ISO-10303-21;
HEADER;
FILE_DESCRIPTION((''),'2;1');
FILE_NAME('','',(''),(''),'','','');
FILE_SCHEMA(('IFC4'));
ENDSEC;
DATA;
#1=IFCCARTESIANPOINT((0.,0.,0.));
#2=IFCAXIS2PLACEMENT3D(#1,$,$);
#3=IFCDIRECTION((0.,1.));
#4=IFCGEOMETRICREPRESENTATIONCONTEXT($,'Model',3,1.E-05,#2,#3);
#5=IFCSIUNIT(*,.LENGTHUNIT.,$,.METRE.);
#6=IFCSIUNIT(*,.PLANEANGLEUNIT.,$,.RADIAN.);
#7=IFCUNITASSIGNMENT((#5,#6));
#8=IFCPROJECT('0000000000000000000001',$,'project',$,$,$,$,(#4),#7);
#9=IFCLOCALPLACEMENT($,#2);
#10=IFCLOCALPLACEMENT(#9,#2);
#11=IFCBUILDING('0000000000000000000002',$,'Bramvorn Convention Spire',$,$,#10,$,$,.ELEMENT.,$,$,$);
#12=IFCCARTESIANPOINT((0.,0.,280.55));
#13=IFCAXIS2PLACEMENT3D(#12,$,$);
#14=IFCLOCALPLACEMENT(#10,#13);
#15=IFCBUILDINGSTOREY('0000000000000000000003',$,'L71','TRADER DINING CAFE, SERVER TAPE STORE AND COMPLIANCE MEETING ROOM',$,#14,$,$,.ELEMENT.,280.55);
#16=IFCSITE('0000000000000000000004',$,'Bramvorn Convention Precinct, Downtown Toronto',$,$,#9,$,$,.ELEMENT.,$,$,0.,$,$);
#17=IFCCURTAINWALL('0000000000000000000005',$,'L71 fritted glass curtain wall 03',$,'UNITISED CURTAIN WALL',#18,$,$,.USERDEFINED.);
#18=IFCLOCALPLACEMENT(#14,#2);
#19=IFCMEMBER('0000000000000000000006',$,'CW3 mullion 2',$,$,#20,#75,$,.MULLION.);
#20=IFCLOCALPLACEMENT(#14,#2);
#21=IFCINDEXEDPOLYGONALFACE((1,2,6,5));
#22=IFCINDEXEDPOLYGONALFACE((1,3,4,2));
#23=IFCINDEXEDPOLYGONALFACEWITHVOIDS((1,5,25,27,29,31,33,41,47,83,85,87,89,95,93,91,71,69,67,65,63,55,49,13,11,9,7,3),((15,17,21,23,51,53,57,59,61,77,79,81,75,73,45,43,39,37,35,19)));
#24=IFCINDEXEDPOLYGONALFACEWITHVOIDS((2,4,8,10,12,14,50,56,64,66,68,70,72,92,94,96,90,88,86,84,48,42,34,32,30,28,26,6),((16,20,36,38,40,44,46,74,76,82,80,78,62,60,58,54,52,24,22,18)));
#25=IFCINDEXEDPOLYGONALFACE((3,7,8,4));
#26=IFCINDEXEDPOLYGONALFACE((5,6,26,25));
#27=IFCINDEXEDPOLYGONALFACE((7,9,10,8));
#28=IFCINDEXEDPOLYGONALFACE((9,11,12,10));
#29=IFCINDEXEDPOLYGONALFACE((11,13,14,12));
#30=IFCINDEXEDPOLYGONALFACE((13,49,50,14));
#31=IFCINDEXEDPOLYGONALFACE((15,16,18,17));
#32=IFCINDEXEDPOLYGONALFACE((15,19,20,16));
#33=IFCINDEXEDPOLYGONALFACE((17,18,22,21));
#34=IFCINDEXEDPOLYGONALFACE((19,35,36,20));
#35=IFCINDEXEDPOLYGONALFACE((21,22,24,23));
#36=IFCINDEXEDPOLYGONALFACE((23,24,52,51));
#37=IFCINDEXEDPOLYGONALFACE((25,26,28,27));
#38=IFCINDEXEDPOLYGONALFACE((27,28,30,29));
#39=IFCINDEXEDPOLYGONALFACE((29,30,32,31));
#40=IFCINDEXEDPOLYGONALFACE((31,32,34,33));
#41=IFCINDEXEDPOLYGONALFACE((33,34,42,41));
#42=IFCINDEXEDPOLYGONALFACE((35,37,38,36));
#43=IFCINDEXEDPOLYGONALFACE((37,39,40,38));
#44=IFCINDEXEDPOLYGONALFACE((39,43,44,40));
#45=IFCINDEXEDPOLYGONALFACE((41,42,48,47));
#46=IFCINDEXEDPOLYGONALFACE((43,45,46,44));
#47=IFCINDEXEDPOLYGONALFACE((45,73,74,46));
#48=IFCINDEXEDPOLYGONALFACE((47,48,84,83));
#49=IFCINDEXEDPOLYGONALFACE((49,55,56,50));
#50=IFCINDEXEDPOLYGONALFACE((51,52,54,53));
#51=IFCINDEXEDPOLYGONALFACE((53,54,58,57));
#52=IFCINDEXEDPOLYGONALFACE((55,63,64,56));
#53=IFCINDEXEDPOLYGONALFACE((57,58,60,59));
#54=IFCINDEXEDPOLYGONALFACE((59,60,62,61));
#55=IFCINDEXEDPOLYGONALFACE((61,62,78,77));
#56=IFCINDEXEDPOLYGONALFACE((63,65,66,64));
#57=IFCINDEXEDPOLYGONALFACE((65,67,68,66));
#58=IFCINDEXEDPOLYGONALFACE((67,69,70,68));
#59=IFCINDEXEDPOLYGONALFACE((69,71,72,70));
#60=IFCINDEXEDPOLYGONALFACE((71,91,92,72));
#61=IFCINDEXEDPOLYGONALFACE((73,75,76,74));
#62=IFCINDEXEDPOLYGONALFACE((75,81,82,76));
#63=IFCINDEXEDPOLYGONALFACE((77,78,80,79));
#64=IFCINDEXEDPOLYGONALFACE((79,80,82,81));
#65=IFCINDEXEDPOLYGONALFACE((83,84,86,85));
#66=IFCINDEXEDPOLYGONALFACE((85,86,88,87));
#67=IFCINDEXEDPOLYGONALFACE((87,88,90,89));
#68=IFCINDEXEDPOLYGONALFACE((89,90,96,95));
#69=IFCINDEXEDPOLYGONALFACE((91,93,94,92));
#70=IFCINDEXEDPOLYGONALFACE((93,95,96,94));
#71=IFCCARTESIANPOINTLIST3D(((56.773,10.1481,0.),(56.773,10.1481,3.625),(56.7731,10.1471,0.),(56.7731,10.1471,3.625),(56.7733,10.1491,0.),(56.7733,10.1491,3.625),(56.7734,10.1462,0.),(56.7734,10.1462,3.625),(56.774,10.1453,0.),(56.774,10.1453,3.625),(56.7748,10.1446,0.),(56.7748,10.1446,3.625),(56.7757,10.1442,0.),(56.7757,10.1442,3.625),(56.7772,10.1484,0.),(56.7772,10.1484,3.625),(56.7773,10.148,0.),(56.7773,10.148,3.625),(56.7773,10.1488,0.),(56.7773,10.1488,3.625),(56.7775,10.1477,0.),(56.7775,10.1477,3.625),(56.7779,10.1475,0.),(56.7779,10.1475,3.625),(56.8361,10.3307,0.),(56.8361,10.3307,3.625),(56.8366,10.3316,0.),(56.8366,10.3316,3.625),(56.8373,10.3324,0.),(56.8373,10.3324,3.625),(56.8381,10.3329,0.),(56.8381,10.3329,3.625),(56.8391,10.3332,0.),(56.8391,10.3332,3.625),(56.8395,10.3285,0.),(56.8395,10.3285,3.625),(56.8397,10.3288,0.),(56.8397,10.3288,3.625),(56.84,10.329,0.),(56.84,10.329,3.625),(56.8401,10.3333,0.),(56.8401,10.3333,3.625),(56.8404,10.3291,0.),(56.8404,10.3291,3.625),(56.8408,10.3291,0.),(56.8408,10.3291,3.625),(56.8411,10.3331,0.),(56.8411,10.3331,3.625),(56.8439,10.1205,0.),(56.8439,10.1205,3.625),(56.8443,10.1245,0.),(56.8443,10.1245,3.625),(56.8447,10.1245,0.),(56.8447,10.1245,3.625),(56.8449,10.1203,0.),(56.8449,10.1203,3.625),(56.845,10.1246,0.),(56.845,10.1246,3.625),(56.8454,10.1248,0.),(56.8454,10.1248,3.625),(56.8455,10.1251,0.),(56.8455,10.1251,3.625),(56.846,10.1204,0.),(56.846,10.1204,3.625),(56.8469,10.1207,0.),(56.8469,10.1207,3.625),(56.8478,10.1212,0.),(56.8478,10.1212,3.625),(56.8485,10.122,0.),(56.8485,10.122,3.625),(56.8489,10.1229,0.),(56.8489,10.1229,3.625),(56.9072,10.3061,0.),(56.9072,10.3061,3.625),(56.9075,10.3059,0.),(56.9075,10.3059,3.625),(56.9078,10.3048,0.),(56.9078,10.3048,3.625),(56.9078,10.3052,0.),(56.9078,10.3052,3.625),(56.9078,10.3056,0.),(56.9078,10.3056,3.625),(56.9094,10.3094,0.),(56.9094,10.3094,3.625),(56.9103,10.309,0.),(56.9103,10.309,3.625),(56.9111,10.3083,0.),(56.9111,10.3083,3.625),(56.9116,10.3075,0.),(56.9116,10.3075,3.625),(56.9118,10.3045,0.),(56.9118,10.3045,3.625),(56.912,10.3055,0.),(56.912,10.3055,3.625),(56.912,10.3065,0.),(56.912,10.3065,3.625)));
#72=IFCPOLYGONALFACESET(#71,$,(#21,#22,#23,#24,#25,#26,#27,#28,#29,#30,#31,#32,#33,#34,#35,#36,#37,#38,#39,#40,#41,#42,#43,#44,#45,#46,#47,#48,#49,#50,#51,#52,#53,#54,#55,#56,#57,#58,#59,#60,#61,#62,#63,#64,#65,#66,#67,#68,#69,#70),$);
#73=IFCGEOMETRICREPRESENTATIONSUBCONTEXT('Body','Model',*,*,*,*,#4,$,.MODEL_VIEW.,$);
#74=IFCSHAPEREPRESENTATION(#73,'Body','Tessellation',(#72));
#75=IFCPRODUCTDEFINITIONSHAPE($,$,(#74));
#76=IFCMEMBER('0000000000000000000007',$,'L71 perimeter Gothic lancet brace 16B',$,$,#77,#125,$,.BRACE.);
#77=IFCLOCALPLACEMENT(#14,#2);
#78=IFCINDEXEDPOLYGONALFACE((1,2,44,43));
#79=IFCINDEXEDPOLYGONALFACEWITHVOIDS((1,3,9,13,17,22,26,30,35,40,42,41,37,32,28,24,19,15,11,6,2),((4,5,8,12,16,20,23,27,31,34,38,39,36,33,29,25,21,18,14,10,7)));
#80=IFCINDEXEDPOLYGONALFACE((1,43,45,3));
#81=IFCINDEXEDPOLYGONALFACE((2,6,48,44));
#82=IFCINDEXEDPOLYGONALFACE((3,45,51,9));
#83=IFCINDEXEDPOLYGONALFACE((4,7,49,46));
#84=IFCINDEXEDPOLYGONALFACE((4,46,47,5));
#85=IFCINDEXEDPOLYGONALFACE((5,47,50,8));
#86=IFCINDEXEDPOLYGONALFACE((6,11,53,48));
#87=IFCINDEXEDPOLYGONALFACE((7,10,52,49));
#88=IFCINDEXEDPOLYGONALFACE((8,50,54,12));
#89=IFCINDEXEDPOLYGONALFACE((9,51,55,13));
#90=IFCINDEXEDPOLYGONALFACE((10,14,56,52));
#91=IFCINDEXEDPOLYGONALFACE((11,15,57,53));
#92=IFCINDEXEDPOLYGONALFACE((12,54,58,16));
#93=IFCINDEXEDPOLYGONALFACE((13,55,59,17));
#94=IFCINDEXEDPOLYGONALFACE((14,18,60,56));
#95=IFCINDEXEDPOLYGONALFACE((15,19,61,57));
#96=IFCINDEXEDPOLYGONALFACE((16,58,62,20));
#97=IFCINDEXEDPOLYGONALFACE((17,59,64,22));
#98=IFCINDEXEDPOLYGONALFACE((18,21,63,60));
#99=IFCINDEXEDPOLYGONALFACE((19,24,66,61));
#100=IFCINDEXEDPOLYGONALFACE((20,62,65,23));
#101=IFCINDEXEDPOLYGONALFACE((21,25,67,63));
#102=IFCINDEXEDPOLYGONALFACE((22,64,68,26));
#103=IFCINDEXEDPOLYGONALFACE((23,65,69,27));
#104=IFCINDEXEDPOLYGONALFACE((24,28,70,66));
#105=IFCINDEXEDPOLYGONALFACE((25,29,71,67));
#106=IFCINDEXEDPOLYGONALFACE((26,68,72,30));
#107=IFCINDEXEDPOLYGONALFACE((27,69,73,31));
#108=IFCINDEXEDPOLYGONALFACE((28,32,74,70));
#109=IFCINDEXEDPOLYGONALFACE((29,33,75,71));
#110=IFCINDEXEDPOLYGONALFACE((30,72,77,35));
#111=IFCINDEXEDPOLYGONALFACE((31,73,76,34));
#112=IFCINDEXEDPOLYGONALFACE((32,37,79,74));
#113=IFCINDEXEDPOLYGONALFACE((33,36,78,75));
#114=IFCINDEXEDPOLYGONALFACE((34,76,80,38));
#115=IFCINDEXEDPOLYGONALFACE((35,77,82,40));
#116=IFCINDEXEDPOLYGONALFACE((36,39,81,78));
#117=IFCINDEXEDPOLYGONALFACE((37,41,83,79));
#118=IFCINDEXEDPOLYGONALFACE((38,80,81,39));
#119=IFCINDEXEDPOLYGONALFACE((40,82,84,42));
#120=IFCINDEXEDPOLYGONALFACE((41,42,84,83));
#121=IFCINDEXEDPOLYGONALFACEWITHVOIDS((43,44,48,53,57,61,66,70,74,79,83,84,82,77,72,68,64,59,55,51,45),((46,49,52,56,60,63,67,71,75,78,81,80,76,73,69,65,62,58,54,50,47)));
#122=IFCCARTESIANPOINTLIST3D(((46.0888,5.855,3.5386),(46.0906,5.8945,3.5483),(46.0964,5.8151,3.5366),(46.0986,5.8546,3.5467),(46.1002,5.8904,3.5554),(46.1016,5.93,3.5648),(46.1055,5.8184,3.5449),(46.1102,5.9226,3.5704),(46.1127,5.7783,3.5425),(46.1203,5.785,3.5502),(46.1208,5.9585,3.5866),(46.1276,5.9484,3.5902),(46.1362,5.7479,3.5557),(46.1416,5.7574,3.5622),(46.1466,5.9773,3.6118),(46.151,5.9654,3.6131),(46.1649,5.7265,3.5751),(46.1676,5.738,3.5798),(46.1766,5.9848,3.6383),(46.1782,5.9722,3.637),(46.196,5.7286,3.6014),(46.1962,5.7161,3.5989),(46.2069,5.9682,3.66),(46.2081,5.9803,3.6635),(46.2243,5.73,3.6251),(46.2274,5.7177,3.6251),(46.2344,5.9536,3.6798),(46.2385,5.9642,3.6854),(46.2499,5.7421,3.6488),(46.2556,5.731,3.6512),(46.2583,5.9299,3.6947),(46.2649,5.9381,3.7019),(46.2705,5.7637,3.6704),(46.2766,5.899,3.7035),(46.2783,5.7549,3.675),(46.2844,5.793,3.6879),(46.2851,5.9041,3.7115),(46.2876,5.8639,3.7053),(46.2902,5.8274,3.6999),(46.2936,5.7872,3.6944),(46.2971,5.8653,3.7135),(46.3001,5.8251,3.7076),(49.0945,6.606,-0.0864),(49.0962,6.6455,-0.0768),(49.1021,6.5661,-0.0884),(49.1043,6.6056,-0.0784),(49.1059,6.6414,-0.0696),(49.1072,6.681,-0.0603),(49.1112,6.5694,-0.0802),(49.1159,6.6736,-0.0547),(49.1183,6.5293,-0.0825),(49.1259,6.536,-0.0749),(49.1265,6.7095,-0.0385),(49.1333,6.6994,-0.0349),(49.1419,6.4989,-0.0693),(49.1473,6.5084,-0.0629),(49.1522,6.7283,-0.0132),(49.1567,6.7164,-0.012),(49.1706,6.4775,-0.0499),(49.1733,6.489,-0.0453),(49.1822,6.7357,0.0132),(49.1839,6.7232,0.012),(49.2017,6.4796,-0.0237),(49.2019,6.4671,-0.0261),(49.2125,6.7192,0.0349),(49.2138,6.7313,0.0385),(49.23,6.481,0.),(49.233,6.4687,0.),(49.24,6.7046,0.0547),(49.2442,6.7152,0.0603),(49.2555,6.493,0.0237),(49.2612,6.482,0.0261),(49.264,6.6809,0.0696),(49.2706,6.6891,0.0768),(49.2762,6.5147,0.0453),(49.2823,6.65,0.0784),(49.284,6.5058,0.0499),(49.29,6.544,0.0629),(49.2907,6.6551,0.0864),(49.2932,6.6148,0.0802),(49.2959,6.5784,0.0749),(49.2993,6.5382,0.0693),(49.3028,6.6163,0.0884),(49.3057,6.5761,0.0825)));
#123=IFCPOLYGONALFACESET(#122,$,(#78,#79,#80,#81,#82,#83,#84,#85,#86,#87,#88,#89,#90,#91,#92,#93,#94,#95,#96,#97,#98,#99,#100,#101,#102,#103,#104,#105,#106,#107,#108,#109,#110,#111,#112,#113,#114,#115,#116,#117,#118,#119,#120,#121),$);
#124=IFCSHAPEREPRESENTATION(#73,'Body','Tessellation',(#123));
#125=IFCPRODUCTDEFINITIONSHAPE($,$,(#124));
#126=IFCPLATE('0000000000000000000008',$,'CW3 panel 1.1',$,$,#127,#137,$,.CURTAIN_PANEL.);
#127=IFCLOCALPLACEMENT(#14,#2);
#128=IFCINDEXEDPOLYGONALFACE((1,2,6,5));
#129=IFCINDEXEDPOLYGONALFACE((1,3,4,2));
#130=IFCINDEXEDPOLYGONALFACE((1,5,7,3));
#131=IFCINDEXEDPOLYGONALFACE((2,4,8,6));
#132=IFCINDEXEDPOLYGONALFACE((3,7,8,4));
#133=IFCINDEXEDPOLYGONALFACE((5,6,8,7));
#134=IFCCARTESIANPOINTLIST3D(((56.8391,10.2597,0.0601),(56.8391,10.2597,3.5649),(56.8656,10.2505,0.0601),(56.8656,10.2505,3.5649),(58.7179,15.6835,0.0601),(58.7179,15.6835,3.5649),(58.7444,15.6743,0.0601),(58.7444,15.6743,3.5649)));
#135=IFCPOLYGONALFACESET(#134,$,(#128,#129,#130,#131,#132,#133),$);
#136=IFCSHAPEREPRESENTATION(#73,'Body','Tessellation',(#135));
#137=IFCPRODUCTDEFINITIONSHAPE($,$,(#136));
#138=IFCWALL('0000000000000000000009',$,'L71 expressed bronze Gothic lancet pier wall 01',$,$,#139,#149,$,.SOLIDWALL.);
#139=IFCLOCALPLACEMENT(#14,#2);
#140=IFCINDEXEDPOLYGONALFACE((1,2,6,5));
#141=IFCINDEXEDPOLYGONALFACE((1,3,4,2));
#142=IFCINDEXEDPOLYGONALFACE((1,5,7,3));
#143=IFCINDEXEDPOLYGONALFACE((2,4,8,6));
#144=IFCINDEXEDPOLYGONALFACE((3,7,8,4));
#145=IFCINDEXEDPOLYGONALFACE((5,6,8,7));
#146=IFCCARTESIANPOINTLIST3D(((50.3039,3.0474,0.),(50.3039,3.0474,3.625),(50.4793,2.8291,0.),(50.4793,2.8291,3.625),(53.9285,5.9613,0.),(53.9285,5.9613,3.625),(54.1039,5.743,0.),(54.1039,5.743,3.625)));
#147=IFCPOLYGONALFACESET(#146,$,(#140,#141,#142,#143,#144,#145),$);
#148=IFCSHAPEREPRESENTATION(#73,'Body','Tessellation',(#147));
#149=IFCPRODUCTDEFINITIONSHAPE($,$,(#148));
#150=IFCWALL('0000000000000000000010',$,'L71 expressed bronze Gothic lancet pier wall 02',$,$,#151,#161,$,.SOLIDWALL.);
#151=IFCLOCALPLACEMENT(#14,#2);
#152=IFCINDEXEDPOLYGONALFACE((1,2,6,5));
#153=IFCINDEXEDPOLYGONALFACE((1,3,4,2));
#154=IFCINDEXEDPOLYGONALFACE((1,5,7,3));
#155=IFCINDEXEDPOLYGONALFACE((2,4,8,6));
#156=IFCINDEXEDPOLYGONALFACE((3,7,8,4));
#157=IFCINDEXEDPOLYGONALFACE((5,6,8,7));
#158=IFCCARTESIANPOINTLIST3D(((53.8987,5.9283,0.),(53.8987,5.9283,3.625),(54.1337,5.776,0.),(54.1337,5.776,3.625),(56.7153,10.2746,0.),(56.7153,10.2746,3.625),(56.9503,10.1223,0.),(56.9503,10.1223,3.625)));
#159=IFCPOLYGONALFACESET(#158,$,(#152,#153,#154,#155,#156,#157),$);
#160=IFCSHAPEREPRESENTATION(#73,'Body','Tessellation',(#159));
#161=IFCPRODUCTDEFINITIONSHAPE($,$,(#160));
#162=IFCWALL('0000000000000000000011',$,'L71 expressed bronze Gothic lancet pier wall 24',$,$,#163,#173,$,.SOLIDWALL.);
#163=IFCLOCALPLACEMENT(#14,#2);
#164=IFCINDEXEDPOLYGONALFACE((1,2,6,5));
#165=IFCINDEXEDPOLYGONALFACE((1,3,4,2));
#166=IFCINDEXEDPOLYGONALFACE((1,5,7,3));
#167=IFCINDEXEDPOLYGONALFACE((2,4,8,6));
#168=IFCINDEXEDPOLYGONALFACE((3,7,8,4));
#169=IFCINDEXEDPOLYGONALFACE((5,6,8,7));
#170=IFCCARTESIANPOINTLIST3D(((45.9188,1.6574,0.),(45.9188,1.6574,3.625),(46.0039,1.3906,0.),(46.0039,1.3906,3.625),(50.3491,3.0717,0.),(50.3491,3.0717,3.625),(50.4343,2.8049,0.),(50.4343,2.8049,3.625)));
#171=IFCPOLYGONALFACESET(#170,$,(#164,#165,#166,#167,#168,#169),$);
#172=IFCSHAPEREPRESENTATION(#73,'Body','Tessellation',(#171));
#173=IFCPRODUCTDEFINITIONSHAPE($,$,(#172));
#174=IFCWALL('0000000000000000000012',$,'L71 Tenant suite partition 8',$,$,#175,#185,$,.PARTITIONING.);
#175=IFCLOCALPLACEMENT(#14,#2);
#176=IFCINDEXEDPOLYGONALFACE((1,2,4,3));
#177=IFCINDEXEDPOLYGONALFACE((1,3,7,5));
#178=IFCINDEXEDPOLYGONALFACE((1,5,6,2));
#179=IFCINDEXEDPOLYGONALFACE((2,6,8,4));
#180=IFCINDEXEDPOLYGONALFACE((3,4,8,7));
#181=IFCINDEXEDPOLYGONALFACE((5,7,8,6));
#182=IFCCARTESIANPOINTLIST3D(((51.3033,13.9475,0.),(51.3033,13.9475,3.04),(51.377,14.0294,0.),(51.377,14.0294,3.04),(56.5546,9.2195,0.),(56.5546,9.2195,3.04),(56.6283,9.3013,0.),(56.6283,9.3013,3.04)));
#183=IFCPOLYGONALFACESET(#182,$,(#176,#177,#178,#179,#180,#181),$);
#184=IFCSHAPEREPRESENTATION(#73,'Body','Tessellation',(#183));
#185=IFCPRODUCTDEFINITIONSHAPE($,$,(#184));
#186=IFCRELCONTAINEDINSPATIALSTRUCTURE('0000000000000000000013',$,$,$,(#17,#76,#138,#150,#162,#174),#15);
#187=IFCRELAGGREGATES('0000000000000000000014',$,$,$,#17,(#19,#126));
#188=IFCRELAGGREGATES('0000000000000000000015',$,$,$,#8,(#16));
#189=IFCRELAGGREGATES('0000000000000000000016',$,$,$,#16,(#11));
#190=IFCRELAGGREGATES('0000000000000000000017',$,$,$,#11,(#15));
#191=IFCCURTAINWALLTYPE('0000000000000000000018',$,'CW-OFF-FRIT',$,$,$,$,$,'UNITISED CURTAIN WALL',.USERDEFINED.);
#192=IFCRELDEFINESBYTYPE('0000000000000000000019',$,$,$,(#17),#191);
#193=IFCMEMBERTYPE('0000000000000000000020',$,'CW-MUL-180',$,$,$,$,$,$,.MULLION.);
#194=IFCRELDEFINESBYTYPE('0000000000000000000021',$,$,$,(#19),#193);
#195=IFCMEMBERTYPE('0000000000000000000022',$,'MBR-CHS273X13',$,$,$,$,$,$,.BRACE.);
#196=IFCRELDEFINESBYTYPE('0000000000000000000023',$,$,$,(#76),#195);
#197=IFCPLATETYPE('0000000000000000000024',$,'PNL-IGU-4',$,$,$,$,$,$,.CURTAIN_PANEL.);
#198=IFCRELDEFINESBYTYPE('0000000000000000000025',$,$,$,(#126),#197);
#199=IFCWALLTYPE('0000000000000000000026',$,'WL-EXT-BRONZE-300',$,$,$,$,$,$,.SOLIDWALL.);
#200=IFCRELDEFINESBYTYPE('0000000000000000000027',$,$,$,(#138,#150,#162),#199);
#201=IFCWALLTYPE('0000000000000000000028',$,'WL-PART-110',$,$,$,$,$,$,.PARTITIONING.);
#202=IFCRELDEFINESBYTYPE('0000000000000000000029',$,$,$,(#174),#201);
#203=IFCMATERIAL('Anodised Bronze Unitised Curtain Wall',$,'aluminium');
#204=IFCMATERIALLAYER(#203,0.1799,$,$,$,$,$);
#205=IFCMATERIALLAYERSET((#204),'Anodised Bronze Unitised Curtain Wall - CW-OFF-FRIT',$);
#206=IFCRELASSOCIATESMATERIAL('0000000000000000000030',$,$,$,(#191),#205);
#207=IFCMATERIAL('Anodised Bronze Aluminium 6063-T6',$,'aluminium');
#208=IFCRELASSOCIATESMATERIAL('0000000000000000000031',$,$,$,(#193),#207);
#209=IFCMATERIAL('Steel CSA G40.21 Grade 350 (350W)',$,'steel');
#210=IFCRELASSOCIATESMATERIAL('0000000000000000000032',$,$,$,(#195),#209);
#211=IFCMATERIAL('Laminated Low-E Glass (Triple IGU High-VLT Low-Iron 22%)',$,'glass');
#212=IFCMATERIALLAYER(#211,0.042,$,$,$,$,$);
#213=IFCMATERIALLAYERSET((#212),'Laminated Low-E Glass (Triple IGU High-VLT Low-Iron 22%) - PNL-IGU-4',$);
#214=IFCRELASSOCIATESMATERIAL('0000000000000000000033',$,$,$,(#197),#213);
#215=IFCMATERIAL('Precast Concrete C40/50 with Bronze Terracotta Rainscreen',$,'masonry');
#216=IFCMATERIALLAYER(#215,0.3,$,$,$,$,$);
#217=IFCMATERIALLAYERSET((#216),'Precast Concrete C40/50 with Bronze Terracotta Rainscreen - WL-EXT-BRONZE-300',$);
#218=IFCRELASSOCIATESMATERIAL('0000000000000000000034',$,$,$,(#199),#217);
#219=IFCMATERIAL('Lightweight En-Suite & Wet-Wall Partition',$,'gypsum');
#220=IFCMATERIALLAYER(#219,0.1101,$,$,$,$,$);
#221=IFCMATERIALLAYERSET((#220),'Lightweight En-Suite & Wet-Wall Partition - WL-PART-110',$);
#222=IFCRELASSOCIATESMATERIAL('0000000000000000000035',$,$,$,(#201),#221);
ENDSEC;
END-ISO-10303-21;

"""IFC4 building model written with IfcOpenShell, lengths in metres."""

from ifc_helpers import new_model, si_unit, direction, frame, frame_2d, origin, origin_2d, place, context, subcontext, project, spatial, rectangle, hollow_rectangle, hollow_circle, extrude, material, layer, layer_set, material_profile, profile_set, type_object, element, aggregate, save


model = new_model("IFC4")

# Units and contexts
model_context = context("Model", 3, precision=1e-05, world=origin(), true_north=direction((0.0, 1.0)))
body_context = subcontext(model_context, "Body", "Model", "MODEL_VIEW")
ifc_project = project(units=[si_unit("LENGTHUNIT", "METRE"), si_unit("PLANEANGLEUNIT", "RADIAN")], contexts=[model_context])

# Site, building, storey
site_placement = place(None, origin())
site = spatial("IfcSite", under=ifc_project, at=site_placement, Name="Bramvorn Convention Precinct, Downtown Toronto", CompositionType="ELEMENT", RefElevation=0.0)
building_placement = place(site_placement, origin())
building = spatial("IfcBuilding", under=site, at=building_placement, Name="Bramvorn Convention Spire", CompositionType="ELEMENT")
storey_placement = place(building_placement, frame((0.0, 0.0, 280.55)))
storey = spatial("IfcBuildingStorey", under=building, at=storey_placement, Name="L71", Description="TRADER DINING CAFE, SERVER TAPE STORE AND COMPLIANCE MEETING ROOM", CompositionType="ELEMENT", Elevation=280.55)

# Shared definitions
ifc_material_1 = material(Name="Steel CSA G40.21 Grade 350 (350W)", Category="steel")

# Curtain wall, member
ifc_material_2 = material(Name="Anodised Bronze Unitised Curtain Wall", Category="aluminium")
ifc_layer_1 = layer(ifc_material_2, 0.1799)
ifc_layer_set_1 = layer_set([ifc_layer_1], Name="Anodised Bronze Unitised Curtain Wall - CW-OFF-FRIT")
curtain_wall_type = type_object("IfcCurtainWallType", Name="CW-OFF-FRIT", ElementType="UNITISED CURTAIN WALL", PredefinedType="USERDEFINED", material=ifc_layer_set_1)
curtain_wall_placement = place(storey_placement, origin())
curtain_wall = element("IfcCurtainWall", 1, at=curtain_wall_placement, inside=storey, type_object=curtain_wall_type, Name="L71 fritted glass curtain wall 03", ObjectType="UNITISED CURTAIN WALL", PredefinedType="USERDEFINED")
ifc_material_3 = material(Name="Anodised Bronze Aluminium 6063-T6", Category="aluminium")
ifc_material_profile_1 = material_profile(ifc_material_3, hollow_rectangle(XDim=0.0801, YDim=0.2, WallThickness=0.0039, InnerFilletRadius=0.001, OuterFilletRadius=0.0039, at=origin_2d()))
ifc_profile_set_1 = profile_set([ifc_material_profile_1], Name="Anodised Bronze Aluminium 6063-T6 - CWM80X200")
member_type_1 = type_object("IfcMemberType", Name="CW-MUL-180", PredefinedType="MULLION", material=ifc_profile_set_1)
member_1_placement = place(storey_placement, frame((56.8425, 10.2268, 0.0), z_axis=(0.0, 0.0, 1.0), x_axis=(0.944913, -0.32732, 0.0)))
member_1 = element("IfcMember", 2, at=member_1_placement, type_object=member_type_1, Name="CW3 mullion 2", PredefinedType="MULLION", context=body_context, shape_type="SweptSolid", body=[
    extrude(hollow_rectangle(XDim=0.0801, YDim=0.2, WallThickness=0.0039, InnerFilletRadius=0.001, OuterFilletRadius=0.0039, at=origin_2d()), origin(), (0.0, 0.0, 1.0), 3.625),
])

# Member
ifc_material_profile_2 = material_profile(ifc_material_1, hollow_circle(Radius=0.1365, WallThickness=0.0127, at=origin_2d()))
ifc_profile_set_2 = profile_set([ifc_material_profile_2], Name="Steel CSA G40.21 Grade 350 (350W) - CHS273X13")
member_type_2 = type_object("IfcMemberType", Name="MBR-CHS273X13", PredefinedType="BRACE", material=ifc_profile_set_2)
member_2_placement = place(storey_placement, frame((49.2, 6.6011, 0.0), z_axis=(-0.63031, -0.157488, 0.760202), x_axis=(0.242406, -0.970175, 0.0)))
element("IfcMember", 3, at=member_2_placement, inside=storey, type_object=member_type_2, Name="L71 perimeter Gothic lancet brace 16B", PredefinedType="BRACE", context=body_context, shape_type="SweptSolid", body=[
    extrude(hollow_circle(Radius=0.1365, WallThickness=0.0127, at=origin_2d()), origin(), (0.0, 0.0, 1.0), 4.7686),
])

# Plate
ifc_material_4 = material(Name="Laminated Low-E Glass (Triple IGU High-VLT Low-Iron 22%)", Category="glass")
ifc_layer_2 = layer(ifc_material_4, 0.042)
ifc_layer_set_2 = layer_set([ifc_layer_2], Name="Laminated Low-E Glass (Triple IGU High-VLT Low-Iron 22%) - PNL-IGU-4")
plate_type = type_object("IfcPlateType", Name="PNL-IGU-4", PredefinedType="CURTAIN_PANEL", material=ifc_layer_set_2)
plate_placement = place(storey_placement, frame((57.7917, 12.967, 0.0601), z_axis=(0.0, 0.0, 1.0), x_axis=(-0.32732, -0.944913, 0.0)))
plate = element("IfcPlate", 4, at=plate_placement, type_object=plate_type, Name="CW3 panel 1.1", PredefinedType="CURTAIN_PANEL", context=body_context, shape_type="SweptSolid", body=[
    extrude(rectangle(XDim=5.74, YDim=0.0281, at=origin_2d()), origin(), (0.0, 0.0, 1.0), 3.5049),
])
aggregate(curtain_wall, [member_1, plate])

# Walls
ifc_material_5 = material(Name="Precast Concrete C40/50 with Bronze Terracotta Rainscreen", Category="masonry")
ifc_layer_3 = layer(ifc_material_5, 0.3)
ifc_layer_set_3 = layer_set([ifc_layer_3], Name="Precast Concrete C40/50 with Bronze Terracotta Rainscreen - WL-EXT-BRONZE-300")
wall_type_1 = type_object("IfcWallType", Name="WL-EXT-BRONZE-300", PredefinedType="SOLIDWALL", material=ifc_layer_set_3)
wall_1_placement = place(storey_placement, frame((54.0161, 5.8521, 0.0), z_axis=(0.0, 0.0, 1.0), x_axis=(-0.779376, -0.626556, 0.0)))
element("IfcWall", 5, at=wall_1_placement, inside=storey, type_object=wall_type_1, Name="L71 expressed bronze Gothic lancet pier wall 01", PredefinedType="SOLIDWALL", context=body_context, shape_type="SweptSolid", body=[
    extrude(rectangle(XDim=4.6506, YDim=0.28, at=frame_2d((2.3252, 0.0))), origin(), (0.0, 0.0, 1.0), 3.625),
])
wall_2_placement = place(storey_placement, frame((56.8328, 10.1985, 0.0), z_axis=(0.0, 0.0, 1.0), x_axis=(-0.54383, -0.839196, 0.0)))
element("IfcWall", 6, at=wall_2_placement, inside=storey, type_object=wall_type_1, Name="L71 expressed bronze Gothic lancet pier wall 02", PredefinedType="SOLIDWALL", context=body_context, shape_type="SweptSolid", body=[
    extrude(rectangle(XDim=5.1792, YDim=0.28, at=frame_2d((2.5896, 0.0))), origin(), (0.0, 0.0, 1.0), 3.625),
])
wall_3_placement = place(storey_placement, frame((50.3916, 2.9382, 0.0), z_axis=(0.0, 0.0, 1.0), x_axis=(-0.952638, -0.304107, 0.0)))
element("IfcWall", 7, at=wall_3_placement, inside=storey, type_object=wall_type_1, Name="L71 expressed bronze Gothic lancet pier wall 24", PredefinedType="SOLIDWALL", context=body_context, shape_type="SweptSolid", body=[
    extrude(rectangle(XDim=4.6506, YDim=0.28, at=frame_2d((2.3252, 0.0))), origin(), (0.0, 0.0, 1.0), 3.625),
])
ifc_material_6 = material(Name="Lightweight En-Suite & Wet-Wall Partition", Category="gypsum")
ifc_layer_4 = layer(ifc_material_6, 0.1101)
ifc_layer_set_4 = layer_set([ifc_layer_4], Name="Lightweight En-Suite & Wet-Wall Partition - WL-PART-110")
wall_type_2 = type_object("IfcWallType", Name="WL-PART-110", PredefinedType="PARTITIONING", material=ifc_layer_set_4)
wall_4_placement = place(storey_placement, frame((51.3401, 13.9885, 0.0), z_axis=(0.0, 0.0, 1.0), x_axis=(0.743158, -0.669116, 0.0)))
element("IfcWall", 8, at=wall_4_placement, inside=storey, type_object=wall_type_2, Name="L71 Tenant suite partition 8", PredefinedType="PARTITIONING", context=body_context, shape_type="SweptSolid", body=[
    extrude(rectangle(XDim=7.0662, YDim=0.1101, at=frame_2d((3.5332, 0.0))), origin(), (0.0, 0.0, 1.0), 3.04),
])

save(model, "model.ifc")
